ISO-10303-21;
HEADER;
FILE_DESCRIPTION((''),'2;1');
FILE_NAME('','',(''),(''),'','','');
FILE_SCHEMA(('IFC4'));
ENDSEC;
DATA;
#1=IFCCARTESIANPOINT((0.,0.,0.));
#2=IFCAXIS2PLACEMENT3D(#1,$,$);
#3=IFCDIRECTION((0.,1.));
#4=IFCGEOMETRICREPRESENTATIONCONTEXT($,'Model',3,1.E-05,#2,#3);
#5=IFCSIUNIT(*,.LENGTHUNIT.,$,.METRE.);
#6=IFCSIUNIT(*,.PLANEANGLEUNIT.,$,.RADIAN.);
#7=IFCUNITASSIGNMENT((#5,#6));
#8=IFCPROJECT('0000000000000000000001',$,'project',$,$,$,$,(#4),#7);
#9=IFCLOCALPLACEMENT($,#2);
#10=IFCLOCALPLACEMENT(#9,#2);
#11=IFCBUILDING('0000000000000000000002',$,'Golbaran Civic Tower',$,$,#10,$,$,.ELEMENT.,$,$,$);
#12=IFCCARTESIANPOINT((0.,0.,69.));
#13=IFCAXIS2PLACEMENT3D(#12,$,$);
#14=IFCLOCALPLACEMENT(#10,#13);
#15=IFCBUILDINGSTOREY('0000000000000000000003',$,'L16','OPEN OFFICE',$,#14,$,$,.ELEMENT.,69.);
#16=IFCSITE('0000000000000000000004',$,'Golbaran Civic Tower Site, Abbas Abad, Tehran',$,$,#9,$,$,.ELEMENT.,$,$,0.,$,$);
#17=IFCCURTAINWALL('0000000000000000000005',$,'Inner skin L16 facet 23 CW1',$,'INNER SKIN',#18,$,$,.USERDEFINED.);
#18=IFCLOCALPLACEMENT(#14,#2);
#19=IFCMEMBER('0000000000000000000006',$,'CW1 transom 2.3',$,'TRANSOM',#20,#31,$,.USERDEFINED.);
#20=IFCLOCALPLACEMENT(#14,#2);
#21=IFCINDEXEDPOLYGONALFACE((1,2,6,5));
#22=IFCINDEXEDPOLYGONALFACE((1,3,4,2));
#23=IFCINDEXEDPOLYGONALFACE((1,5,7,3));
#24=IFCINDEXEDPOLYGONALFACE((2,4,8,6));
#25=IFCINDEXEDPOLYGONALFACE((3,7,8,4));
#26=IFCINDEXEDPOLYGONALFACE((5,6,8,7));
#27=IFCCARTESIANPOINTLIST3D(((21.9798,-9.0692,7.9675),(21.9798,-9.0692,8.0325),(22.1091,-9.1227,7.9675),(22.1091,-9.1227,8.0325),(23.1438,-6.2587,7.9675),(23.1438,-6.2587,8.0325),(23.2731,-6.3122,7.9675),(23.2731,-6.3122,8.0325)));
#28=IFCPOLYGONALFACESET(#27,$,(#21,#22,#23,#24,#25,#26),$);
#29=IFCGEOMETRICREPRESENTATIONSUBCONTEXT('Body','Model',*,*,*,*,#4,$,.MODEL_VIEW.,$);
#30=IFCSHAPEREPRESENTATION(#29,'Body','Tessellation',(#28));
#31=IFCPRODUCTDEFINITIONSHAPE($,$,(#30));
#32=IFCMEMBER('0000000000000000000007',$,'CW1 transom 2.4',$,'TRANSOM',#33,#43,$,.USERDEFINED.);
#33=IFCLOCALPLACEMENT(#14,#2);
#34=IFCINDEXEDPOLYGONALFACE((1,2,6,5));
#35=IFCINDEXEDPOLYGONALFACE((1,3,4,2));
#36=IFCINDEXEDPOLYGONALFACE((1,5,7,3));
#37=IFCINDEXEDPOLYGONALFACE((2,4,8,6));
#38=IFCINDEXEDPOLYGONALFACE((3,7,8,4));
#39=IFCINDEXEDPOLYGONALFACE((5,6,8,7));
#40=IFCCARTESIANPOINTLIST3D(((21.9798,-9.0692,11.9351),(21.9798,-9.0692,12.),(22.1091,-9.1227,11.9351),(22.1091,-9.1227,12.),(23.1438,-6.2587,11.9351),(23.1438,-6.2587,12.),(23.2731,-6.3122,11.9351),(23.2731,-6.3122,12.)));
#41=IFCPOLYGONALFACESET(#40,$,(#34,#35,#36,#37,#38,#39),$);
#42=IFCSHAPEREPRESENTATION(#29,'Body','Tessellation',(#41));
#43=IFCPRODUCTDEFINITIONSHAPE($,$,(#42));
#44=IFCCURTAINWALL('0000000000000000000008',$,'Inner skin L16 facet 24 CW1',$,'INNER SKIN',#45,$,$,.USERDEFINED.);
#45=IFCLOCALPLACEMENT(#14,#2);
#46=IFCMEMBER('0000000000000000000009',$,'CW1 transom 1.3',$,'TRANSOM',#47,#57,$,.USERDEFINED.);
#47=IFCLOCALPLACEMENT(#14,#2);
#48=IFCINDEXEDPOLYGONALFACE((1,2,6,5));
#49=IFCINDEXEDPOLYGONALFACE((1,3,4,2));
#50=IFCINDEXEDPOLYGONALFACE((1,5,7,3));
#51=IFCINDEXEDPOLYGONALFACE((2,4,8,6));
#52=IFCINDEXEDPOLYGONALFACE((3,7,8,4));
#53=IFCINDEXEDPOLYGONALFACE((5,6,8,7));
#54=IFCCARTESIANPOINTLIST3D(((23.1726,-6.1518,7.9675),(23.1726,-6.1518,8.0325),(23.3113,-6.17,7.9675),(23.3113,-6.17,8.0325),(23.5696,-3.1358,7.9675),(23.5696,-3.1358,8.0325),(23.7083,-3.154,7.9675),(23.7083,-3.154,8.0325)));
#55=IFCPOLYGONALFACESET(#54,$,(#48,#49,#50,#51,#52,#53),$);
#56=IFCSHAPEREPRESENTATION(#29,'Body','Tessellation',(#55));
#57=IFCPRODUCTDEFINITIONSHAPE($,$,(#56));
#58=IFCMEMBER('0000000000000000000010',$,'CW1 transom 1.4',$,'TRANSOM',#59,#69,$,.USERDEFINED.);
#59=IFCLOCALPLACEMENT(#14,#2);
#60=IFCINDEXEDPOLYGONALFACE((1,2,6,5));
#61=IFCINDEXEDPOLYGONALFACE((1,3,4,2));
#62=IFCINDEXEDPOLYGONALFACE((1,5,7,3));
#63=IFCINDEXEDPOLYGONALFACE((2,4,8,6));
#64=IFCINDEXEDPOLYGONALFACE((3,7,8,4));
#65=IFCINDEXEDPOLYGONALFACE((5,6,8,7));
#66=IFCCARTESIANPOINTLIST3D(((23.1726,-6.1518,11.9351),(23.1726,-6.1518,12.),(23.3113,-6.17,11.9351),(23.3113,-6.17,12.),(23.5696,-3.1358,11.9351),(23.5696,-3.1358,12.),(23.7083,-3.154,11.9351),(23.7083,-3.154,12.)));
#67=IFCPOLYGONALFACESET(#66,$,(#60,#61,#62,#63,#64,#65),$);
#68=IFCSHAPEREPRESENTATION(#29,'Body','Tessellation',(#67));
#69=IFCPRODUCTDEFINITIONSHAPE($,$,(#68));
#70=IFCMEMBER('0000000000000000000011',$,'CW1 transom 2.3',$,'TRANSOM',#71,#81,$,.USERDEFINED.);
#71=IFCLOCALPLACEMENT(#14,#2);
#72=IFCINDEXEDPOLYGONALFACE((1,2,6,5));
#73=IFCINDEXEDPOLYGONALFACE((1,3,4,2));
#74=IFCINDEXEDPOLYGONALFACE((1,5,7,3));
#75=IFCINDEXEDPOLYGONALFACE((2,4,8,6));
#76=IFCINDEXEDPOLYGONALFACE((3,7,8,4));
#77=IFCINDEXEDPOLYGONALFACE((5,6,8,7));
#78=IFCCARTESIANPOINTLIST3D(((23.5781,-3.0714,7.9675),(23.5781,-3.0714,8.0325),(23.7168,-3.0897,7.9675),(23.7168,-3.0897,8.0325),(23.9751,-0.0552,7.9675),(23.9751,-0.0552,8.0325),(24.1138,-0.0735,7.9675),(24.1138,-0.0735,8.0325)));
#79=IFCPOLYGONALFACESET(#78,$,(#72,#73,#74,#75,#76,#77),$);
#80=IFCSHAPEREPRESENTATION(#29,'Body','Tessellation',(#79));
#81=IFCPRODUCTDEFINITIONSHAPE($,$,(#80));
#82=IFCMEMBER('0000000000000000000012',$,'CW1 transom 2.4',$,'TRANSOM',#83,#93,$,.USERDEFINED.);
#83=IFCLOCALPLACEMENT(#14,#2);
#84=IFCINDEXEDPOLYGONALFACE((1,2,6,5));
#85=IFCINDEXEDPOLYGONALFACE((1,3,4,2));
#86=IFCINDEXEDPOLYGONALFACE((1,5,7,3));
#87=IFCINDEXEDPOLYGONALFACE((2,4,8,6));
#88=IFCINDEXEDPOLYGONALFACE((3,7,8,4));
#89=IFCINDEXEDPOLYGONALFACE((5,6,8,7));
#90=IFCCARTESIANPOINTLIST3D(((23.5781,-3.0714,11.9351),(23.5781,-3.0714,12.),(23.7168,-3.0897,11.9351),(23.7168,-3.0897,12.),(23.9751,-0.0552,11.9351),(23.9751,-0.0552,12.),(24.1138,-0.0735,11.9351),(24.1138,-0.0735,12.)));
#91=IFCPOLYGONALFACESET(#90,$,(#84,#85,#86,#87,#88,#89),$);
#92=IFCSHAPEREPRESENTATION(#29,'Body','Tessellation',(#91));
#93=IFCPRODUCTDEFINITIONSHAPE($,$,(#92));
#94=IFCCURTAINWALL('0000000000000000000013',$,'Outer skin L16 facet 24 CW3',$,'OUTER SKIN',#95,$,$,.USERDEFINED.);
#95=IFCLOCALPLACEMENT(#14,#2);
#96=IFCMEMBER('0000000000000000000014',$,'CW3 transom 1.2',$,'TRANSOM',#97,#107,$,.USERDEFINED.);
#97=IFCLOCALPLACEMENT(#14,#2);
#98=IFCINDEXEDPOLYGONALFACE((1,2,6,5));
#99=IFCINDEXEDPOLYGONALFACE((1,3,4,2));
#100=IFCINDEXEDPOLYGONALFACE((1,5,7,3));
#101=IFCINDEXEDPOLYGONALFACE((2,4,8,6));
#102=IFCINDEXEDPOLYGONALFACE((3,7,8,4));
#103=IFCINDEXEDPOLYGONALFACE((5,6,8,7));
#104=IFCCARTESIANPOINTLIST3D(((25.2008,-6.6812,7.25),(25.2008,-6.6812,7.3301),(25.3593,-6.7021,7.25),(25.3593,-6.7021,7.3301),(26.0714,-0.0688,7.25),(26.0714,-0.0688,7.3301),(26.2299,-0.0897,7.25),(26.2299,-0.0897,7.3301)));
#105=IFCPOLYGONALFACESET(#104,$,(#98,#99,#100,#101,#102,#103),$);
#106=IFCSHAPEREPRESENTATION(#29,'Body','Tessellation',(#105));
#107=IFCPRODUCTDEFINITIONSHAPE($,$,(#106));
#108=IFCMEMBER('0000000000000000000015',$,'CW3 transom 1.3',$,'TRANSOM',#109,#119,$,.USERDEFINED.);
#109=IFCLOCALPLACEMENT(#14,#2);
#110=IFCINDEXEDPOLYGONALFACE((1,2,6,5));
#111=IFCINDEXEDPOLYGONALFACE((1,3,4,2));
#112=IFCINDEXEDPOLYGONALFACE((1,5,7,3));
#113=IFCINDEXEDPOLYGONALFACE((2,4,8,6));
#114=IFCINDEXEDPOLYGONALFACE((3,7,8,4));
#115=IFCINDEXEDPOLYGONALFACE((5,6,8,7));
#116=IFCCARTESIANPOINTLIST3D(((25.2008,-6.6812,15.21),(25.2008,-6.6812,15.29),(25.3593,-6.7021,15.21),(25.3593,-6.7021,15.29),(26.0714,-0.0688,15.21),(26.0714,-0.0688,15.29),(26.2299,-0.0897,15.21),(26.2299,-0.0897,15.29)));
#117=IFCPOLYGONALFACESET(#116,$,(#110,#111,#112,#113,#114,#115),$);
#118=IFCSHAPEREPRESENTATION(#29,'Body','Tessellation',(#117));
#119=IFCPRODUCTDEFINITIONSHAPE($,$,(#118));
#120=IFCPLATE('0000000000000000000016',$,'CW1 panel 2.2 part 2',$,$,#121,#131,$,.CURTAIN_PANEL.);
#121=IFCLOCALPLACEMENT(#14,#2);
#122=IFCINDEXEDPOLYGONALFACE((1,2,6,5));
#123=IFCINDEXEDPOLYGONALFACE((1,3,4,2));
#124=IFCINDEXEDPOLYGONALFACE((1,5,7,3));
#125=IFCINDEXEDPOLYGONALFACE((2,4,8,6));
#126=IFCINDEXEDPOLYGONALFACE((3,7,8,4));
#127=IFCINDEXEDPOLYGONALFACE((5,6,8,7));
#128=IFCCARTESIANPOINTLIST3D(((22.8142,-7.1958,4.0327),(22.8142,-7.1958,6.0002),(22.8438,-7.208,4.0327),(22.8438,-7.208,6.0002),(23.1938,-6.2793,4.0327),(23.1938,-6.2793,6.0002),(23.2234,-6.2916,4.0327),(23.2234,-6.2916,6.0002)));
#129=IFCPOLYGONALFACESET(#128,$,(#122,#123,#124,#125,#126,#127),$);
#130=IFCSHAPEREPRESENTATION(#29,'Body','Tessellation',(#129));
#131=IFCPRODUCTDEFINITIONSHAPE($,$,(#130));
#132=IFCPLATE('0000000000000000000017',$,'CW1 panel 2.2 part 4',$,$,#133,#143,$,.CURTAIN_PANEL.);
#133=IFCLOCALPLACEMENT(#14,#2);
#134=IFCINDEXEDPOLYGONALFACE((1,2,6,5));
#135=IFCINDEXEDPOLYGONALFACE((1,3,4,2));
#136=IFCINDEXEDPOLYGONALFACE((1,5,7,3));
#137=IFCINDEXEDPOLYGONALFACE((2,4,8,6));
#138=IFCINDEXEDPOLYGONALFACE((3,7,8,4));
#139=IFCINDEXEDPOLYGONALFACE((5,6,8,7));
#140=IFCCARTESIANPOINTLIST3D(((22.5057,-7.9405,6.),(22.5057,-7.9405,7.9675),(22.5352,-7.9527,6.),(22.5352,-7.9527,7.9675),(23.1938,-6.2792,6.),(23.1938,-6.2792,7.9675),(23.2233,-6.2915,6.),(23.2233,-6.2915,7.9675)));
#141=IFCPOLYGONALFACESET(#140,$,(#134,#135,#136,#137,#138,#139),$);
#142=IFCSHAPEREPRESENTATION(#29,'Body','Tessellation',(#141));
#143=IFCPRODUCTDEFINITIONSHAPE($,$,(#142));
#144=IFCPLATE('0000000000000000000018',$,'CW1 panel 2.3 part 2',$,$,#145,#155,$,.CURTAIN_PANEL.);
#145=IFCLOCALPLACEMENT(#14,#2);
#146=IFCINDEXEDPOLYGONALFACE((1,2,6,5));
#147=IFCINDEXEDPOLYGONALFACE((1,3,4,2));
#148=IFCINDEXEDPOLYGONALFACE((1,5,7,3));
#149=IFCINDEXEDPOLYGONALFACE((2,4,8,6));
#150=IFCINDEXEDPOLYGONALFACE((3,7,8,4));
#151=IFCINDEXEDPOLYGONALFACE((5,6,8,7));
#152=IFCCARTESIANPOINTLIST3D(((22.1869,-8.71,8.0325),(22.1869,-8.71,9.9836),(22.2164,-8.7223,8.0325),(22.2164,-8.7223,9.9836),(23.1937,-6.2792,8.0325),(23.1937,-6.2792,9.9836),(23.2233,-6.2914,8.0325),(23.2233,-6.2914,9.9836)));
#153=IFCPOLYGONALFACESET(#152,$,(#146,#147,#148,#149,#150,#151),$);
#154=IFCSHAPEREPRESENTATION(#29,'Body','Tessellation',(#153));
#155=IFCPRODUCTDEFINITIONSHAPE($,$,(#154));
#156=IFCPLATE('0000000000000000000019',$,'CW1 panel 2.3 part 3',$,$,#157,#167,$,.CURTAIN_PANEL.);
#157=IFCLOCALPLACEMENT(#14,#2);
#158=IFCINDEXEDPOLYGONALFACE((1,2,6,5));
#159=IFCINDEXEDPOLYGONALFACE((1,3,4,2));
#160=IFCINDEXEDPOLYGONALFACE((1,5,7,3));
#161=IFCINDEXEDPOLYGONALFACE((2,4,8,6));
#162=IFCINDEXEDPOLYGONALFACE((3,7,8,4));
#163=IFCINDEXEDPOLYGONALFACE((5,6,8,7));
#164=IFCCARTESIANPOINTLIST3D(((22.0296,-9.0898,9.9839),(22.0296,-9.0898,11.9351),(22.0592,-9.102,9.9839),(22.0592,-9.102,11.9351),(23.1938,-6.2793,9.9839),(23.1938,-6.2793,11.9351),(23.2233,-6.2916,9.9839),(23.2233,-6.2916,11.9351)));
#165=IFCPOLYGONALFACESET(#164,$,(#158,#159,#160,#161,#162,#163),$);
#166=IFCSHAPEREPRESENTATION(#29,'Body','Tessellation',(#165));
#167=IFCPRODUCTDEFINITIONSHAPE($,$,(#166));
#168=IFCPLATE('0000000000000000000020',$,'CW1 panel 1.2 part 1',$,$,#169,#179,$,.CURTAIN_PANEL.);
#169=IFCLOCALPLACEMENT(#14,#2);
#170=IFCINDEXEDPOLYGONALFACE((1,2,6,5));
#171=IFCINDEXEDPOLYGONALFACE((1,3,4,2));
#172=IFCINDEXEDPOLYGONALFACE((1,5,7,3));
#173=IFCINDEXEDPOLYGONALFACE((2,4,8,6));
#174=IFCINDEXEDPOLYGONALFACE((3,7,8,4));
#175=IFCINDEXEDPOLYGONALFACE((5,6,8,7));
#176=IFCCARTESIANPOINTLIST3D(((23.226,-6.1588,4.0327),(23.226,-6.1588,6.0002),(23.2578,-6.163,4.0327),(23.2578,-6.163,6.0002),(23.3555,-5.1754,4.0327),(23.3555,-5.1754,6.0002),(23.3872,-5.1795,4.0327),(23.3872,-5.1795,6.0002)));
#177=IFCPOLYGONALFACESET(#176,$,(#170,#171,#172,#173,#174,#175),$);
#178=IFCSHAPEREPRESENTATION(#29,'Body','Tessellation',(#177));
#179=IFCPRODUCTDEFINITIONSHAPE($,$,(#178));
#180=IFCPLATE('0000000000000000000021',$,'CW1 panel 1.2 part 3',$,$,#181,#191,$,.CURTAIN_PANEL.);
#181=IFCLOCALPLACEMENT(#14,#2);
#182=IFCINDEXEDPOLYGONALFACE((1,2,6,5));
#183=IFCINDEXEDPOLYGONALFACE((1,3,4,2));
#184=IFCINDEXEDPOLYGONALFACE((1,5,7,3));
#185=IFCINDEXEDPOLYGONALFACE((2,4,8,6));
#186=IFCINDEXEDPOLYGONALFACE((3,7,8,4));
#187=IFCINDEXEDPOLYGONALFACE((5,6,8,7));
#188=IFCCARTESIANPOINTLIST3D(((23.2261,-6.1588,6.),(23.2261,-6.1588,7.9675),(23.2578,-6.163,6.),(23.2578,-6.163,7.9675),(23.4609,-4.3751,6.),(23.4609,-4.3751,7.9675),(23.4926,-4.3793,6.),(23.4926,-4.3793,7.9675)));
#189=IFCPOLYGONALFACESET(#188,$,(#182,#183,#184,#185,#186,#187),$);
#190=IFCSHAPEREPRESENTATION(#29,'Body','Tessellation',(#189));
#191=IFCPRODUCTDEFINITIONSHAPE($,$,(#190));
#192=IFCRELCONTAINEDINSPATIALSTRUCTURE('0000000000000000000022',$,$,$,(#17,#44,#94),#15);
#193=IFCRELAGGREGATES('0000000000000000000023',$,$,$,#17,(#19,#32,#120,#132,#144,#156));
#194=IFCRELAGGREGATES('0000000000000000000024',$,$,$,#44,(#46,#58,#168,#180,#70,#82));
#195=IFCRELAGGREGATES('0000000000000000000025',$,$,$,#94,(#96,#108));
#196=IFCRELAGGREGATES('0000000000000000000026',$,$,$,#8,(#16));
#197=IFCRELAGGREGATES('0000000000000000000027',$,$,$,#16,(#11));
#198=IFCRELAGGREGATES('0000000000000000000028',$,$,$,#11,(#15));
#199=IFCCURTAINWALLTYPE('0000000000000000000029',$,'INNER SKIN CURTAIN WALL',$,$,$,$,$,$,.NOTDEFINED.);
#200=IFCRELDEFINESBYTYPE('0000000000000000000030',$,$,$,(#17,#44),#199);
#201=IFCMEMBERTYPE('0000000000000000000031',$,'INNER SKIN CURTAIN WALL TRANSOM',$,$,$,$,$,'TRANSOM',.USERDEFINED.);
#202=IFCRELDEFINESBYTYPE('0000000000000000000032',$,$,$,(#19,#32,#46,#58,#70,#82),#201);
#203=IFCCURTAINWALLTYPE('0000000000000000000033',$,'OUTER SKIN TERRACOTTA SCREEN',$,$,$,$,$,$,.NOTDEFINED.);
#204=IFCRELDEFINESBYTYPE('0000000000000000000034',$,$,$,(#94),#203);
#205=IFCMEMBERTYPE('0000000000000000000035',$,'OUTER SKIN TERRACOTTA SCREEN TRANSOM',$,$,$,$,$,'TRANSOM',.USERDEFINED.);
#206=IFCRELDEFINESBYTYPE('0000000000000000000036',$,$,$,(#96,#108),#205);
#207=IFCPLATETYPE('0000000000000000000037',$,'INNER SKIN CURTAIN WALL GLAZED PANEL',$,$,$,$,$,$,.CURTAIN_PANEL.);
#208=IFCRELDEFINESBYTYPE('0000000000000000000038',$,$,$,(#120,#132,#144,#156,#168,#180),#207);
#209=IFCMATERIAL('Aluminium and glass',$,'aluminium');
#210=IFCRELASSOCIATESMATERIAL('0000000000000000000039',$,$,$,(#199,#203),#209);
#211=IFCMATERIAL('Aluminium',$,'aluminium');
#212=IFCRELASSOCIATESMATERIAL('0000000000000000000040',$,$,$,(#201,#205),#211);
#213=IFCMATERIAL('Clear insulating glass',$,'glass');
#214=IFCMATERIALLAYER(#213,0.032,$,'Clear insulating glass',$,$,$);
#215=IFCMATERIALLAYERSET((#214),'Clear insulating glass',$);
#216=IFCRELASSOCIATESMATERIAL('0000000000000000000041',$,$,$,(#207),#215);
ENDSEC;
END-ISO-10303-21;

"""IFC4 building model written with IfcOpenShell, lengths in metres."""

from ifc_helpers import new_model, si_unit, direction, frame, origin, origin_2d, place, context, subcontext, project, spatial, rectangle, extrude, material, layer, layer_set, material_profile, profile_set, type_object, element, aggregate, save


model = new_model("IFC4")

# Units and contexts
model_context = context("Model", 3, precision=1e-05, world=origin(), true_north=direction((0.0, 1.0)))
body_context = subcontext(model_context, "Body", "Model", "MODEL_VIEW")
ifc_project = project(units=[si_unit("LENGTHUNIT", "METRE"), si_unit("PLANEANGLEUNIT", "RADIAN")], contexts=[model_context])

# Site, building, storey
site_placement = place(None, origin())
site = spatial("IfcSite", under=ifc_project, at=site_placement, Name="Golbaran Civic Tower Site, Abbas Abad, Tehran", CompositionType="ELEMENT", RefElevation=0.0)
building_placement = place(site_placement, origin())
building = spatial("IfcBuilding", under=site, at=building_placement, Name="Golbaran Civic Tower", CompositionType="ELEMENT")
storey_placement = place(building_placement, frame((0.0, 0.0, 69.0)))
storey = spatial("IfcBuildingStorey", under=building, at=storey_placement, Name="L16", Description="OPEN OFFICE", CompositionType="ELEMENT", Elevation=69.0)

# Curtain walls, members
ifc_material_1 = material(Name="Aluminium and glass", Category="aluminium")
curtain_wall_type_1 = type_object("IfcCurtainWallType", Name="INNER SKIN CURTAIN WALL", PredefinedType="NOTDEFINED", material=ifc_material_1)
curtain_wall_1_placement = place(storey_placement, origin())
curtain_wall_1 = element("IfcCurtainWall", 1, at=curtain_wall_1_placement, inside=storey, type_object=curtain_wall_type_1, Name="Inner skin L16 facet 23 CW1", ObjectType="INNER SKIN", PredefinedType="USERDEFINED")
ifc_material_2 = material(Name="Aluminium", Category="aluminium")
ifc_material_profile_1 = material_profile(ifc_material_2, rectangle(XDim=0.1399, YDim=0.0649, at=origin_2d()), Name="INNER SKIN CURTAIN WALL TRANSOM")
ifc_profile_set_1 = profile_set([ifc_material_profile_1], Name="Aluminium")
member_type_1 = type_object("IfcMemberType", Name="INNER SKIN CURTAIN WALL TRANSOM", ElementType="TRANSOM", PredefinedType="USERDEFINED", material=ifc_profile_set_1)
member_1_placement = place(storey_placement, frame((22.0444, -9.0959, 8.0), z_axis=(0.382654, 0.923892, 0.0), x_axis=(-0.923892, 0.382654, 0.0)))
member_1 = element("IfcMember", 2, at=member_1_placement, type_object=member_type_1, Name="CW1 transom 2.3", ObjectType="TRANSOM", PredefinedType="USERDEFINED", context=body_context, shape_type="SweptSolid", body=[
    extrude(rectangle(XDim=0.1399, YDim=0.0649, at=origin_2d()), origin(), (0.0, 0.0, 1.0), 3.042),
])
member_2_placement = place(storey_placement, frame((22.0444, -9.0959, 11.9675), z_axis=(0.382654, 0.923892, 0.0), x_axis=(-0.923892, 0.382654, 0.0)))
member_2 = element("IfcMember", 3, at=member_2_placement, type_object=member_type_1, Name="CW1 transom 2.4", ObjectType="TRANSOM", PredefinedType="USERDEFINED", context=body_context, shape_type="SweptSolid", body=[
    extrude(rectangle(XDim=0.1399, YDim=0.0649, at=origin_2d()), origin(), (0.0, 0.0, 1.0), 3.042),
])
curtain_wall_2_placement = place(storey_placement, origin())
curtain_wall_2 = element("IfcCurtainWall", 4, at=curtain_wall_2_placement, inside=storey, type_object=curtain_wall_type_1, Name="Inner skin L16 facet 24 CW1", ObjectType="INNER SKIN", PredefinedType="USERDEFINED")
member_3_placement = place(storey_placement, frame((23.2419, -6.1609, 8.0), z_axis=(0.130502, 0.991448, 0.0), x_axis=(-0.991448, 0.130502, 0.0)))
member_3 = element("IfcMember", 5, at=member_3_placement, type_object=member_type_1, Name="CW1 transom 1.3", ObjectType="TRANSOM", PredefinedType="USERDEFINED", context=body_context, shape_type="SweptSolid", body=[
    extrude(rectangle(XDim=0.1399, YDim=0.0649, at=origin_2d()), origin(), (0.0, 0.0, 1.0), 3.042),
])
member_4_placement = place(storey_placement, frame((23.2419, -6.1609, 11.9675), z_axis=(0.130502, 0.991448, 0.0), x_axis=(-0.991448, 0.130502, 0.0)))
member_4 = element("IfcMember", 6, at=member_4_placement, type_object=member_type_1, Name="CW1 transom 1.4", ObjectType="TRANSOM", PredefinedType="USERDEFINED", context=body_context, shape_type="SweptSolid", body=[
    extrude(rectangle(XDim=0.1399, YDim=0.0649, at=origin_2d()), origin(), (0.0, 0.0, 1.0), 3.042),
])
member_5_placement = place(storey_placement, frame((23.6475, -3.0806, 8.0), z_axis=(0.130492, 0.991449, 0.0), x_axis=(-0.991449, 0.130492, 0.0)))
member_5 = element("IfcMember", 7, at=member_5_placement, type_object=member_type_1, Name="CW1 transom 2.3", ObjectType="TRANSOM", PredefinedType="USERDEFINED", context=body_context, shape_type="SweptSolid", body=[
    extrude(rectangle(XDim=0.1399, YDim=0.0649, at=origin_2d()), origin(), (0.0, 0.0, 1.0), 3.0422),
])
member_6_placement = place(storey_placement, frame((23.6475, -3.0806, 11.9675), z_axis=(0.130492, 0.991449, 0.0), x_axis=(-0.991449, 0.130492, 0.0)))
member_6 = element("IfcMember", 8, at=member_6_placement, type_object=member_type_1, Name="CW1 transom 2.4", ObjectType="TRANSOM", PredefinedType="USERDEFINED", context=body_context, shape_type="SweptSolid", body=[
    extrude(rectangle(XDim=0.1399, YDim=0.0649, at=origin_2d()), origin(), (0.0, 0.0, 1.0), 3.0422),
])
curtain_wall_type_2 = type_object("IfcCurtainWallType", Name="OUTER SKIN TERRACOTTA SCREEN", PredefinedType="NOTDEFINED", material=ifc_material_1)
curtain_wall_3_placement = place(storey_placement, origin())
curtain_wall_3 = element("IfcCurtainWall", 9, at=curtain_wall_3_placement, inside=storey, type_object=curtain_wall_type_2, Name="Outer skin L16 facet 24 CW3", ObjectType="OUTER SKIN", PredefinedType="USERDEFINED")
ifc_material_profile_2 = material_profile(ifc_material_2, rectangle(XDim=0.1599, YDim=0.0801, at=origin_2d()), Name="OUTER SKIN TERRACOTTA SCREEN TRANSOM")
ifc_profile_set_2 = profile_set([ifc_material_profile_2], Name="Aluminium")
member_type_2 = type_object("IfcMemberType", Name="OUTER SKIN TERRACOTTA SCREEN TRANSOM", ElementType="TRANSOM", PredefinedType="USERDEFINED", material=ifc_profile_set_2)
member_7_placement = place(storey_placement, frame((25.28, -6.6917, 7.29), z_axis=(0.130538, 0.991443, 0.0), x_axis=(-0.991443, 0.130538, 0.0)))
member_7 = element("IfcMember", 10, at=member_7_placement, type_object=member_type_2, Name="CW3 transom 1.2", ObjectType="TRANSOM", PredefinedType="USERDEFINED", context=body_context, shape_type="SweptSolid", body=[
    extrude(rectangle(XDim=0.1599, YDim=0.0801, at=origin_2d()), origin(), (0.0, 0.0, 1.0), 6.6694),
])
member_8_placement = place(storey_placement, frame((25.28, -6.6917, 15.25), z_axis=(0.130538, 0.991443, 0.0), x_axis=(-0.991443, 0.130538, 0.0)))
member_8 = element("IfcMember", 11, at=member_8_placement, type_object=member_type_2, Name="CW3 transom 1.3", ObjectType="TRANSOM", PredefinedType="USERDEFINED", context=body_context, shape_type="SweptSolid", body=[
    extrude(rectangle(XDim=0.1599, YDim=0.0801, at=origin_2d()), origin(), (0.0, 0.0, 1.0), 6.6694),
])

# Plates
ifc_material_3 = material(Name="Clear insulating glass", Category="glass")
ifc_layer_1 = layer(ifc_material_3, 0.032, Name="Clear insulating glass")
ifc_layer_set_1 = layer_set([ifc_layer_1], Name="Clear insulating glass")
plate_type_1 = type_object("IfcPlateType", Name="INNER SKIN CURTAIN WALL GLAZED PANEL", PredefinedType="CURTAIN_PANEL", material=ifc_layer_set_1)
plate_1_placement = place(storey_placement, frame((23.0188, -6.7437, 4.0327), z_axis=(0.0, 0.0, 1.0), x_axis=(0.382683, 0.92388, 0.0)))
plate_1 = element("IfcPlate", 12, at=plate_1_placement, type_object=plate_type_1, Name="CW1 panel 2.2 part 2", PredefinedType="CURTAIN_PANEL", context=body_context, shape_type="SweptSolid", body=[
    extrude(rectangle(XDim=0.9919, YDim=0.032, at=origin_2d()), origin(), (0.0, 0.0, 1.0), 1.9675),
])
plate_2_placement = place(storey_placement, frame((22.8645, -7.116, 6.0), z_axis=(0.0, 0.0, 1.0), x_axis=(0.382683, 0.92388, 0.0)))
plate_2 = element("IfcPlate", 13, at=plate_2_placement, type_object=plate_type_1, Name="CW1 panel 2.2 part 4", PredefinedType="CURTAIN_PANEL", context=body_context, shape_type="SweptSolid", body=[
    extrude(rectangle(XDim=1.7981, YDim=0.032, at=origin_2d()), origin(), (0.0, 0.0, 1.0), 1.9675),
])
plate_3_placement = place(storey_placement, frame((22.7051, -7.5007, 8.0325), z_axis=(0.0, 0.0, 1.0), x_axis=(0.382683, 0.92388, 0.0)))
plate_3 = element("IfcPlate", 14, at=plate_3_placement, type_object=plate_type_1, Name="CW1 panel 2.3 part 2", PredefinedType="CURTAIN_PANEL", context=body_context, shape_type="SweptSolid", body=[
    extrude(rectangle(XDim=2.6311, YDim=0.032, at=origin_2d()), origin(), (0.0, 0.0, 1.0), 1.9512),
])
plate_4_placement = place(storey_placement, frame((22.6265, -7.6907, 9.9839), z_axis=(0.0, 0.0, 1.0), x_axis=(0.382683, 0.92388, 0.0)))
plate_4 = element("IfcPlate", 15, at=plate_4_placement, type_object=plate_type_1, Name="CW1 panel 2.3 part 3", PredefinedType="CURTAIN_PANEL", context=body_context, shape_type="SweptSolid", body=[
    extrude(rectangle(XDim=3.042, YDim=0.032, at=origin_2d()), origin(), (0.0, 0.0, 1.0), 1.9512),
])
plate_5_placement = place(storey_placement, frame((23.3066, -5.6692, 4.0327), z_axis=(0.0, 0.0, 1.0), x_axis=(0.130526, 0.991445, 0.0)))
plate_5 = element("IfcPlate", 16, at=plate_5_placement, type_object=plate_type_1, Name="CW1 panel 1.2 part 1", PredefinedType="CURTAIN_PANEL", context=body_context, shape_type="SweptSolid", body=[
    extrude(rectangle(XDim=0.9919, YDim=0.032, at=origin_2d()), origin(), (0.0, 0.0, 1.0), 1.9675),
])
plate_6_placement = place(storey_placement, frame((23.3594, -5.269, 6.0), z_axis=(0.0, 0.0, 1.0), x_axis=(0.130526, 0.991445, 0.0)))
plate_6 = element("IfcPlate", 17, at=plate_6_placement, type_object=plate_type_1, Name="CW1 panel 1.2 part 3", PredefinedType="CURTAIN_PANEL", context=body_context, shape_type="SweptSolid", body=[
    extrude(rectangle(XDim=1.7991, YDim=0.032, at=origin_2d()), origin(), (0.0, 0.0, 1.0), 1.9675),
])
aggregate(curtain_wall_1, [member_1, member_2, plate_1, plate_2, plate_3, plate_4])
aggregate(curtain_wall_2, [member_3, member_4, plate_5, plate_6, member_5, member_6])
aggregate(curtain_wall_3, [member_7, member_8])

save(model, "model.ifc")
